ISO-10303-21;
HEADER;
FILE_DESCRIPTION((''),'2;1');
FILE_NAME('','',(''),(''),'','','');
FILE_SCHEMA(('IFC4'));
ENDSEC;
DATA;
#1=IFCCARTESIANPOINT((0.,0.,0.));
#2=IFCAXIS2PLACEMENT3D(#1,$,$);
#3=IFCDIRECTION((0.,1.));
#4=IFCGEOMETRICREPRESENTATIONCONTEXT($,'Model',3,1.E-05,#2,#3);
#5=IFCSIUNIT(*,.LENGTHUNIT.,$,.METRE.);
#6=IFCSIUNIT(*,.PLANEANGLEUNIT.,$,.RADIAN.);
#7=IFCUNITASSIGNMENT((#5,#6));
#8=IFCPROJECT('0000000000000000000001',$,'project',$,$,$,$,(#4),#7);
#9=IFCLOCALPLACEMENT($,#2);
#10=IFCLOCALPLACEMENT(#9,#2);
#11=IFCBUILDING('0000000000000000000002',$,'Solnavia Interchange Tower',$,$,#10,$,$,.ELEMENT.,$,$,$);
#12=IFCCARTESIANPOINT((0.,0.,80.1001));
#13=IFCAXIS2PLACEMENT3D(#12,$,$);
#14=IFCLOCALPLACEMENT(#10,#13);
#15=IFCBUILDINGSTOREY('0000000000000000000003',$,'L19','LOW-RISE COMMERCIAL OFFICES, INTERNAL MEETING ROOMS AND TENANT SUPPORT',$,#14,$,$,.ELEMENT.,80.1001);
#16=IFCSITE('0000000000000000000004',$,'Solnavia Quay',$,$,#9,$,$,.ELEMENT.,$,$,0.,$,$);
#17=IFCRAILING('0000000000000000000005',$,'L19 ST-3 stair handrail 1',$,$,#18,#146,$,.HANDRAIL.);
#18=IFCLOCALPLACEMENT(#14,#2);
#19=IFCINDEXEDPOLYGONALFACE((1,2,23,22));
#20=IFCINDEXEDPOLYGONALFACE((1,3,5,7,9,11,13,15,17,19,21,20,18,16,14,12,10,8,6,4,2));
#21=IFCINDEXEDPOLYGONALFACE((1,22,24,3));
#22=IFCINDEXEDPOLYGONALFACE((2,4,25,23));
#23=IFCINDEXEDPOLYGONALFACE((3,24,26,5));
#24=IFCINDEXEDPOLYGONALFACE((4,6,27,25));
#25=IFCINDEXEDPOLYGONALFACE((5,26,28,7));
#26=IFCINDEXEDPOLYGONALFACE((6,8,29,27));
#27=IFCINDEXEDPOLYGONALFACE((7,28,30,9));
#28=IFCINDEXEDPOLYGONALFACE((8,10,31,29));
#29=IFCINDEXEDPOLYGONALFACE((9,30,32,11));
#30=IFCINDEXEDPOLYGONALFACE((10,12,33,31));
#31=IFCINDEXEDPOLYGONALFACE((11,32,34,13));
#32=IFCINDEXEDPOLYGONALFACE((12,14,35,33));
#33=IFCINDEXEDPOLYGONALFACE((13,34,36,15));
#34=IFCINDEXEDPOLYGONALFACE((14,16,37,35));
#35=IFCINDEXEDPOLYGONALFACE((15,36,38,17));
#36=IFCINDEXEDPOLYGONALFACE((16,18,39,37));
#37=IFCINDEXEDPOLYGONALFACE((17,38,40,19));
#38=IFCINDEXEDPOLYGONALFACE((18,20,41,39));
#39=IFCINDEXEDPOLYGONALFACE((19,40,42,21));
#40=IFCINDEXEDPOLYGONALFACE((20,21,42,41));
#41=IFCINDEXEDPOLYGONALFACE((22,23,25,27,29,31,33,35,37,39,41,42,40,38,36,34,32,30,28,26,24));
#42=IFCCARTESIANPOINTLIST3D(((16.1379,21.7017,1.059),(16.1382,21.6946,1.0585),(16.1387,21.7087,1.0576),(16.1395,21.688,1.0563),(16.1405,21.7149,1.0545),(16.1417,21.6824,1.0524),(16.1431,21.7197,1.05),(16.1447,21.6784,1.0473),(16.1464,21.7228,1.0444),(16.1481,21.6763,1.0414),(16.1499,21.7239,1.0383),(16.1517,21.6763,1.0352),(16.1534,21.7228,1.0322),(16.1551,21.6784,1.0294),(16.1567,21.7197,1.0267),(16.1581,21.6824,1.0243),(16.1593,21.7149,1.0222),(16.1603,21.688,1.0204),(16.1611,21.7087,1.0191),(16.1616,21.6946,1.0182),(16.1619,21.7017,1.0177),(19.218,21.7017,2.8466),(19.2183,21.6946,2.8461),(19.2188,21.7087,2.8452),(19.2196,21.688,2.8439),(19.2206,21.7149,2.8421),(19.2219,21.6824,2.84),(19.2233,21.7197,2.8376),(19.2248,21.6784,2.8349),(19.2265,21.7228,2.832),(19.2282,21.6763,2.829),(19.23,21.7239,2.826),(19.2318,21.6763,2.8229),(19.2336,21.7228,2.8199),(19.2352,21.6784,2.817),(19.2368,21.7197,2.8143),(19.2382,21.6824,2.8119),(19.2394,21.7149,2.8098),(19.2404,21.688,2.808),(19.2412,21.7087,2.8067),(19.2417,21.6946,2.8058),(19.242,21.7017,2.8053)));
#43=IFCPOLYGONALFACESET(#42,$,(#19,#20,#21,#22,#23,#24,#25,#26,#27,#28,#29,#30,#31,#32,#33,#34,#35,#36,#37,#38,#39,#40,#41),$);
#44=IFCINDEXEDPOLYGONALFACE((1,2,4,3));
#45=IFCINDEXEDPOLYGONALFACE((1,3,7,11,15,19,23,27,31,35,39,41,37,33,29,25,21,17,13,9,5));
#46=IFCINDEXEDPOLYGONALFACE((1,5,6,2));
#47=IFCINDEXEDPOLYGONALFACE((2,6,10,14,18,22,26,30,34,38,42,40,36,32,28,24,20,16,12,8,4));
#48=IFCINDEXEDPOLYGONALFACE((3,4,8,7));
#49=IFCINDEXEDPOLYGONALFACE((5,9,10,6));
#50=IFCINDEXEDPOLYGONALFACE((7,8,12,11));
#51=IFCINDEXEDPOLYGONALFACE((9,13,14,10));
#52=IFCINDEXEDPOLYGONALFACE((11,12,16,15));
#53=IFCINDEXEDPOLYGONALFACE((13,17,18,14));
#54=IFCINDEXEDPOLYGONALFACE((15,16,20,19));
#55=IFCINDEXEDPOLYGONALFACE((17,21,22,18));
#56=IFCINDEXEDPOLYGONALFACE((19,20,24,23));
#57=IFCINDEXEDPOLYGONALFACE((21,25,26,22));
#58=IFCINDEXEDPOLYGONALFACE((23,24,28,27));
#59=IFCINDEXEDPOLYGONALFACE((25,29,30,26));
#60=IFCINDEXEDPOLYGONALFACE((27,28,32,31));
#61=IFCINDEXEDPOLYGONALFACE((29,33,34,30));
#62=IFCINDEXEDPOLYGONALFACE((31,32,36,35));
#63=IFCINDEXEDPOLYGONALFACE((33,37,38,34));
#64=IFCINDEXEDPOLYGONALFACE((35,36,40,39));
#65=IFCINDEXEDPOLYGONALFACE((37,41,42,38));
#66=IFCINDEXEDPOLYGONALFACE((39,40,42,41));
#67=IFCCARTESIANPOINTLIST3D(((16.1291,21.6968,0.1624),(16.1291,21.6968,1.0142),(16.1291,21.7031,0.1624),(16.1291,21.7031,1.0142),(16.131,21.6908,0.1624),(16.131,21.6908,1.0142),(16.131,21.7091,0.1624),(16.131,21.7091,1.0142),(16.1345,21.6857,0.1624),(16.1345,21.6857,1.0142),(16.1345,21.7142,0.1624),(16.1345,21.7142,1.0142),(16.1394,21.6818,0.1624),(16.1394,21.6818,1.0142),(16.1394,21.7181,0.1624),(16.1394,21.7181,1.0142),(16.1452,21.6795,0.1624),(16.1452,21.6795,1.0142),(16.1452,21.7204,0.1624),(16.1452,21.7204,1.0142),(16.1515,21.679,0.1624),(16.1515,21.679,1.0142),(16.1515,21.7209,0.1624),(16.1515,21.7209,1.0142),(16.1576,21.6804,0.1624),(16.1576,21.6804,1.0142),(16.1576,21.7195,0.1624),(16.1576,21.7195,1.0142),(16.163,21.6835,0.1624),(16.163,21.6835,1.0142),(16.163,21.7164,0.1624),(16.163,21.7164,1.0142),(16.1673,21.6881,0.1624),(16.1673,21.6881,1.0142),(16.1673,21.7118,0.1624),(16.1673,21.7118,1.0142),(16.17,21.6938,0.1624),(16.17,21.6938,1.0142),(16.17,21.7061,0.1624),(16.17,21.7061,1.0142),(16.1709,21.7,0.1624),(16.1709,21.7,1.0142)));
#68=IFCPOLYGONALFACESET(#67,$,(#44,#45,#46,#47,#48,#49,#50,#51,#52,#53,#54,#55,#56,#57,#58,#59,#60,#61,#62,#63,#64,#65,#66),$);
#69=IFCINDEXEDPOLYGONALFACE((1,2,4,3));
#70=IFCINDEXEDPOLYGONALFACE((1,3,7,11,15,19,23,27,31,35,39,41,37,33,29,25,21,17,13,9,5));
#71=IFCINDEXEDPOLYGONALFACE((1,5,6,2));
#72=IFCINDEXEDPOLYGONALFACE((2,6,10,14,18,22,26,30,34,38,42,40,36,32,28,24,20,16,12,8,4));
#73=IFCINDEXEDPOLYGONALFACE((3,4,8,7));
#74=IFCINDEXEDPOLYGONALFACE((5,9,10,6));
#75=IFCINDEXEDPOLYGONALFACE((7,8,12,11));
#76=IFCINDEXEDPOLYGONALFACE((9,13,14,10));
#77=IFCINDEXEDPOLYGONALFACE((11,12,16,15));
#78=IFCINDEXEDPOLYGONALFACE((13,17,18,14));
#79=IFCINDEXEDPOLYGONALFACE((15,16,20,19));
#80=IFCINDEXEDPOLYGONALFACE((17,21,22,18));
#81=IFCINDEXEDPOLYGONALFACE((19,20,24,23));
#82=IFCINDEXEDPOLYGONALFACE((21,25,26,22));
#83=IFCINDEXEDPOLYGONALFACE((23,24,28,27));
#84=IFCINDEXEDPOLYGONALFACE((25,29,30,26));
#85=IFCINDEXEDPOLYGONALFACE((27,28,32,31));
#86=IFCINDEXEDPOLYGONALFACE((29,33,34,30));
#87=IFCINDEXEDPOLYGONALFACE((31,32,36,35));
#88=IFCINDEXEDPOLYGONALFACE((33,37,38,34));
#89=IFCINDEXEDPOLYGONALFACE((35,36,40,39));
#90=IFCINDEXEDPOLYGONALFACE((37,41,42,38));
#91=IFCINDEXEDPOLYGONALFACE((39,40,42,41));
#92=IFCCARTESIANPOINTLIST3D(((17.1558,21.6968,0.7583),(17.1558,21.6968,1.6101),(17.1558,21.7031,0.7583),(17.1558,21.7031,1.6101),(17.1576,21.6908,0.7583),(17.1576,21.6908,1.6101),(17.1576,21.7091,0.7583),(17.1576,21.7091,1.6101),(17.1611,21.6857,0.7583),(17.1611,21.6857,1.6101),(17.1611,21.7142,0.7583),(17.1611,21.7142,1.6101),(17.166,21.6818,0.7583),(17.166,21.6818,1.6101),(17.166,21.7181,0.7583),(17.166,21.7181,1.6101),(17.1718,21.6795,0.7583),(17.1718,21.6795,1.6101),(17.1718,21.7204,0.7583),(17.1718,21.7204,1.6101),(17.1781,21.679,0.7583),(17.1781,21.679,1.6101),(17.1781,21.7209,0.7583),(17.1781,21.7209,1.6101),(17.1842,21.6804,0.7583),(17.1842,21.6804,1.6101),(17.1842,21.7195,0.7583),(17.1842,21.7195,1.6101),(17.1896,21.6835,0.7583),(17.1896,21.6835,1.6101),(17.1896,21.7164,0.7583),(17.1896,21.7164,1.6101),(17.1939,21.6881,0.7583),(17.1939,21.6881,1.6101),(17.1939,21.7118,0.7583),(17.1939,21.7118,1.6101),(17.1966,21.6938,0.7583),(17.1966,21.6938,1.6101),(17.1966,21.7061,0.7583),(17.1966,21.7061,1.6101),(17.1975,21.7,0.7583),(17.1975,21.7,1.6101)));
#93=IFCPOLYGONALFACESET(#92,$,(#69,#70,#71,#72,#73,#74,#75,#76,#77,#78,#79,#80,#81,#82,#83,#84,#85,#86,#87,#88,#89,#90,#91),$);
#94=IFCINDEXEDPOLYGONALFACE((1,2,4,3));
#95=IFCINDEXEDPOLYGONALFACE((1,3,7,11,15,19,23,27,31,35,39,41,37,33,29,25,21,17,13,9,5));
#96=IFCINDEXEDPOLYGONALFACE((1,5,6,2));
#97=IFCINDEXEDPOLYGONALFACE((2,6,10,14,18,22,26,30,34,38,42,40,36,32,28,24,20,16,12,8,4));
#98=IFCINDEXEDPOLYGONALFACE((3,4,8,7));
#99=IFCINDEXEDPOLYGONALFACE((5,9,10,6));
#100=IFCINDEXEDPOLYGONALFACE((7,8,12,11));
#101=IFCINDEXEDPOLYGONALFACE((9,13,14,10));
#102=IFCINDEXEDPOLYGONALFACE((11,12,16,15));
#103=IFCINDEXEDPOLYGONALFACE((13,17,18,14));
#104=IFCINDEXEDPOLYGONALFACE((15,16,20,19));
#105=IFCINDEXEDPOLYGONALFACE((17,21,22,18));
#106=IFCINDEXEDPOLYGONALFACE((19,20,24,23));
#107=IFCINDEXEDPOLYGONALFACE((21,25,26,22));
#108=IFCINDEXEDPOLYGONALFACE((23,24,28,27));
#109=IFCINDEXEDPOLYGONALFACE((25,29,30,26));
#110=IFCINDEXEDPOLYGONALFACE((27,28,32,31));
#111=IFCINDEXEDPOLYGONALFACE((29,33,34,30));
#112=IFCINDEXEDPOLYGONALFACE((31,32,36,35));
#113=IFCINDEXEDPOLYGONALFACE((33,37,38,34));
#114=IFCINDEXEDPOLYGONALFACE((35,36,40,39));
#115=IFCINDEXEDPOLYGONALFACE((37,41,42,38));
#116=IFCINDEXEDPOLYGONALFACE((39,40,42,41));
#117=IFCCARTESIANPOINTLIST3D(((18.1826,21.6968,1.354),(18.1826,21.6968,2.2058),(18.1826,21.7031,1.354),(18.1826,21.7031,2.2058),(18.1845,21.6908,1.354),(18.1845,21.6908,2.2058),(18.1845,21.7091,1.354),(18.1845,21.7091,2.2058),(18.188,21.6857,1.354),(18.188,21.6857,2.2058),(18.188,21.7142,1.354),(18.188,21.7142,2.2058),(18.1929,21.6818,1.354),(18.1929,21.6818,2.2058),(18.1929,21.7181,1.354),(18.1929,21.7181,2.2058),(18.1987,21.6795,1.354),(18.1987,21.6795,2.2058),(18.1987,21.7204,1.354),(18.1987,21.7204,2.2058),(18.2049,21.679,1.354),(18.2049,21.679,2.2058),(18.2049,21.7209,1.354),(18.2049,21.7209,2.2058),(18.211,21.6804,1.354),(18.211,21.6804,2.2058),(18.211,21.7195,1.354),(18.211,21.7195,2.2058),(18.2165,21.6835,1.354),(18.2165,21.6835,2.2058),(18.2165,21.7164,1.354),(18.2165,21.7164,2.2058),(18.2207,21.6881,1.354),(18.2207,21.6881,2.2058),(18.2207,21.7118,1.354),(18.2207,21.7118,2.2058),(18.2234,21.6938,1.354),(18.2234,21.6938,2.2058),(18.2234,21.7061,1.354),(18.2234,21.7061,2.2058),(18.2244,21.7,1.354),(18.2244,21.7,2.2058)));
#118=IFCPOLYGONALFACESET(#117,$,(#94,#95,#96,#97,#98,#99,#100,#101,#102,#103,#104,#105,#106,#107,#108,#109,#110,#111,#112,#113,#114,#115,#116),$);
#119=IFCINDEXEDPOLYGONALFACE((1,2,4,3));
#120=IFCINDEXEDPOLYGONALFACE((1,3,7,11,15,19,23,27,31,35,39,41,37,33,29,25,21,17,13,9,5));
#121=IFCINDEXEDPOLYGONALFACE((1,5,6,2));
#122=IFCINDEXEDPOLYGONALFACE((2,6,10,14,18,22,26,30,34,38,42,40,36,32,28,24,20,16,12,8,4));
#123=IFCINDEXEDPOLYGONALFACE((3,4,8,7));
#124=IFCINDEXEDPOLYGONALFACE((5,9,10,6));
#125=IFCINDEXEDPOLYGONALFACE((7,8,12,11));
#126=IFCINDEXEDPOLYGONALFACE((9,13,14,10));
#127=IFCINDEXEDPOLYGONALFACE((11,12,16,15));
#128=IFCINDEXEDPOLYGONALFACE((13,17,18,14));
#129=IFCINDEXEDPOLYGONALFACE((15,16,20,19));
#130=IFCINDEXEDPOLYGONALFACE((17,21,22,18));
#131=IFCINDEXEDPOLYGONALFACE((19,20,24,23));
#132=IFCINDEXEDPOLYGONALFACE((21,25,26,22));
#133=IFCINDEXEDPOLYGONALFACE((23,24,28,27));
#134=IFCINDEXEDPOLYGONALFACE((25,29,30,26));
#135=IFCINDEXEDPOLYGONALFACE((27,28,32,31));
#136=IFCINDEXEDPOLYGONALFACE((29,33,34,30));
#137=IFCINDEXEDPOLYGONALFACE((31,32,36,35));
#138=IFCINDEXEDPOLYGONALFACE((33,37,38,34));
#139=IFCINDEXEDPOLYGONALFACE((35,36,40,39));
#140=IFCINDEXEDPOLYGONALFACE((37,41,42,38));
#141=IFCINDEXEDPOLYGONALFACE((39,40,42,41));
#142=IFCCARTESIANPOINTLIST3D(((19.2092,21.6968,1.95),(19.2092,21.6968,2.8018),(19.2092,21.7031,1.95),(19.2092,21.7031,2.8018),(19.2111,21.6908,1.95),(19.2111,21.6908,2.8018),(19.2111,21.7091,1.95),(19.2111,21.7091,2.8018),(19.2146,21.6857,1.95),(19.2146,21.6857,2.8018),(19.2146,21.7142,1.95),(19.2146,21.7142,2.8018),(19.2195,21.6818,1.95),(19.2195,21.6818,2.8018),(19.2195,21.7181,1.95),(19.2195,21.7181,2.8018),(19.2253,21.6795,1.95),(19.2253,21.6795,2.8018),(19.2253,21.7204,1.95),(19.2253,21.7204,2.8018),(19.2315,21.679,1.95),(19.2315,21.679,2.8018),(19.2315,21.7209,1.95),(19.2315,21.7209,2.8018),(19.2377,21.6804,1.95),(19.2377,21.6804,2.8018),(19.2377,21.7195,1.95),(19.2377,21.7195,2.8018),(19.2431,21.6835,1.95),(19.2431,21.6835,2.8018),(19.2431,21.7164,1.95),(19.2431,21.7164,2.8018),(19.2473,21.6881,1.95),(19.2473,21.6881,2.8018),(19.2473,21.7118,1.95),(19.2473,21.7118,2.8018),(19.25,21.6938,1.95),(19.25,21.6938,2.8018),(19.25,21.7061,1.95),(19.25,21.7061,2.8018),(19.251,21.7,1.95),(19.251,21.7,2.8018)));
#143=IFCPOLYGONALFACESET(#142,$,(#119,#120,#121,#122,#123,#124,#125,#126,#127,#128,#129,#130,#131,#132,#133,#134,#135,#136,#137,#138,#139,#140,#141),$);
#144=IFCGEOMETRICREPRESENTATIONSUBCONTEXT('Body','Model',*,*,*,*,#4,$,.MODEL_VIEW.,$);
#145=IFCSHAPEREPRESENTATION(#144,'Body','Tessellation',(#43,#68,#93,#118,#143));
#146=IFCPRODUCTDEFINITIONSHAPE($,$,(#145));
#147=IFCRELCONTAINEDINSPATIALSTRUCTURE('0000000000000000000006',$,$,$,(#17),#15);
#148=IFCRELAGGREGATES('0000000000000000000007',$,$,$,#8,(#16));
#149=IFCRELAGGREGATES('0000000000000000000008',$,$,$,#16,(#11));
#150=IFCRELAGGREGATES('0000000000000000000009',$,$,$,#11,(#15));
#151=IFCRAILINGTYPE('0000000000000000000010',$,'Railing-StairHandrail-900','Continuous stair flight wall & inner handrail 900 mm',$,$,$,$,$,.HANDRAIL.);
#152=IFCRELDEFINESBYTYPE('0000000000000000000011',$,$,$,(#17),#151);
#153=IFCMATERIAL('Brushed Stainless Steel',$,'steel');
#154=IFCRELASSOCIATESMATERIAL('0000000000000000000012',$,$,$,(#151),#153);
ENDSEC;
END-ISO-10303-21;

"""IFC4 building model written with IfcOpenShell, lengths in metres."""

from ifc_helpers import new_model, si_unit, direction, frame, origin, origin_2d, place, context, subcontext, project, spatial, circle, extrude, material, type_object, element, save


model = new_model("IFC4")

# Units and contexts
model_context = context("Model", 3, precision=1e-05, world=origin(), true_north=direction((0.0, 1.0)))
body_context = subcontext(model_context, "Body", "Model", "MODEL_VIEW")
ifc_project = project(units=[si_unit("LENGTHUNIT", "METRE"), si_unit("PLANEANGLEUNIT", "RADIAN")], contexts=[model_context])

# Site, building, storey
site_placement = place(None, origin())
site = spatial("IfcSite", under=ifc_project, at=site_placement, Name="Solnavia Quay", CompositionType="ELEMENT", RefElevation=0.0)
building_placement = place(site_placement, origin())
building = spatial("IfcBuilding", under=site, at=building_placement, Name="Solnavia Interchange Tower", CompositionType="ELEMENT")
storey_placement = place(building_placement, frame((0.0, 0.0, 80.1001)))
storey = spatial("IfcBuildingStorey", under=building, at=storey_placement, Name="L19", Description="LOW-RISE COMMERCIAL OFFICES, INTERNAL MEETING ROOMS AND TENANT SUPPORT", CompositionType="ELEMENT", Elevation=80.1001)

# Railing
ifc_material_1 = material(Name="Brushed Stainless Steel", Category="steel")
railing_type_1 = type_object("IfcRailingType", Name="Railing-StairHandrail-900", Description="Continuous stair flight wall & inner handrail 900 mm", PredefinedType="HANDRAIL", material=ifc_material_1)
railing_1_placement = place(storey_placement, frame((16.1499, 21.7, 0.1624)))
element("IfcRailing", 1, at=railing_1_placement, inside=storey, type_object=railing_type_1, Name="L19 ST-3 stair handrail 1", PredefinedType="HANDRAIL", context=body_context, shape_type="SweptSolid", body=[
    extrude(circle(Radius=0.0239, at=origin_2d()), frame((0.0, 0.0, 0.876), z_axis=(0.864891, 0.0, 0.50196), x_axis=(0.0, 1.0, 0.0)), (0.0, 0.0, 1.0), 3.5613),
    extrude(circle(Radius=0.021, at=origin_2d()), origin(), (0.0, 0.0, 1.0), 0.8518),
    extrude(circle(Radius=0.021, at=origin_2d()), frame((1.0266, 0.0, 0.5959)), (0.0, 0.0, 1.0), 0.8518),
    extrude(circle(Radius=0.021, at=origin_2d()), frame((2.0535, 0.0, 1.1917)), (0.0, 0.0, 1.0), 0.8518),
    extrude(circle(Radius=0.021, at=origin_2d()), frame((3.0801, 0.0, 1.7876)), (0.0, 0.0, 1.0), 0.8518),
])

save(model, "model.ifc")
